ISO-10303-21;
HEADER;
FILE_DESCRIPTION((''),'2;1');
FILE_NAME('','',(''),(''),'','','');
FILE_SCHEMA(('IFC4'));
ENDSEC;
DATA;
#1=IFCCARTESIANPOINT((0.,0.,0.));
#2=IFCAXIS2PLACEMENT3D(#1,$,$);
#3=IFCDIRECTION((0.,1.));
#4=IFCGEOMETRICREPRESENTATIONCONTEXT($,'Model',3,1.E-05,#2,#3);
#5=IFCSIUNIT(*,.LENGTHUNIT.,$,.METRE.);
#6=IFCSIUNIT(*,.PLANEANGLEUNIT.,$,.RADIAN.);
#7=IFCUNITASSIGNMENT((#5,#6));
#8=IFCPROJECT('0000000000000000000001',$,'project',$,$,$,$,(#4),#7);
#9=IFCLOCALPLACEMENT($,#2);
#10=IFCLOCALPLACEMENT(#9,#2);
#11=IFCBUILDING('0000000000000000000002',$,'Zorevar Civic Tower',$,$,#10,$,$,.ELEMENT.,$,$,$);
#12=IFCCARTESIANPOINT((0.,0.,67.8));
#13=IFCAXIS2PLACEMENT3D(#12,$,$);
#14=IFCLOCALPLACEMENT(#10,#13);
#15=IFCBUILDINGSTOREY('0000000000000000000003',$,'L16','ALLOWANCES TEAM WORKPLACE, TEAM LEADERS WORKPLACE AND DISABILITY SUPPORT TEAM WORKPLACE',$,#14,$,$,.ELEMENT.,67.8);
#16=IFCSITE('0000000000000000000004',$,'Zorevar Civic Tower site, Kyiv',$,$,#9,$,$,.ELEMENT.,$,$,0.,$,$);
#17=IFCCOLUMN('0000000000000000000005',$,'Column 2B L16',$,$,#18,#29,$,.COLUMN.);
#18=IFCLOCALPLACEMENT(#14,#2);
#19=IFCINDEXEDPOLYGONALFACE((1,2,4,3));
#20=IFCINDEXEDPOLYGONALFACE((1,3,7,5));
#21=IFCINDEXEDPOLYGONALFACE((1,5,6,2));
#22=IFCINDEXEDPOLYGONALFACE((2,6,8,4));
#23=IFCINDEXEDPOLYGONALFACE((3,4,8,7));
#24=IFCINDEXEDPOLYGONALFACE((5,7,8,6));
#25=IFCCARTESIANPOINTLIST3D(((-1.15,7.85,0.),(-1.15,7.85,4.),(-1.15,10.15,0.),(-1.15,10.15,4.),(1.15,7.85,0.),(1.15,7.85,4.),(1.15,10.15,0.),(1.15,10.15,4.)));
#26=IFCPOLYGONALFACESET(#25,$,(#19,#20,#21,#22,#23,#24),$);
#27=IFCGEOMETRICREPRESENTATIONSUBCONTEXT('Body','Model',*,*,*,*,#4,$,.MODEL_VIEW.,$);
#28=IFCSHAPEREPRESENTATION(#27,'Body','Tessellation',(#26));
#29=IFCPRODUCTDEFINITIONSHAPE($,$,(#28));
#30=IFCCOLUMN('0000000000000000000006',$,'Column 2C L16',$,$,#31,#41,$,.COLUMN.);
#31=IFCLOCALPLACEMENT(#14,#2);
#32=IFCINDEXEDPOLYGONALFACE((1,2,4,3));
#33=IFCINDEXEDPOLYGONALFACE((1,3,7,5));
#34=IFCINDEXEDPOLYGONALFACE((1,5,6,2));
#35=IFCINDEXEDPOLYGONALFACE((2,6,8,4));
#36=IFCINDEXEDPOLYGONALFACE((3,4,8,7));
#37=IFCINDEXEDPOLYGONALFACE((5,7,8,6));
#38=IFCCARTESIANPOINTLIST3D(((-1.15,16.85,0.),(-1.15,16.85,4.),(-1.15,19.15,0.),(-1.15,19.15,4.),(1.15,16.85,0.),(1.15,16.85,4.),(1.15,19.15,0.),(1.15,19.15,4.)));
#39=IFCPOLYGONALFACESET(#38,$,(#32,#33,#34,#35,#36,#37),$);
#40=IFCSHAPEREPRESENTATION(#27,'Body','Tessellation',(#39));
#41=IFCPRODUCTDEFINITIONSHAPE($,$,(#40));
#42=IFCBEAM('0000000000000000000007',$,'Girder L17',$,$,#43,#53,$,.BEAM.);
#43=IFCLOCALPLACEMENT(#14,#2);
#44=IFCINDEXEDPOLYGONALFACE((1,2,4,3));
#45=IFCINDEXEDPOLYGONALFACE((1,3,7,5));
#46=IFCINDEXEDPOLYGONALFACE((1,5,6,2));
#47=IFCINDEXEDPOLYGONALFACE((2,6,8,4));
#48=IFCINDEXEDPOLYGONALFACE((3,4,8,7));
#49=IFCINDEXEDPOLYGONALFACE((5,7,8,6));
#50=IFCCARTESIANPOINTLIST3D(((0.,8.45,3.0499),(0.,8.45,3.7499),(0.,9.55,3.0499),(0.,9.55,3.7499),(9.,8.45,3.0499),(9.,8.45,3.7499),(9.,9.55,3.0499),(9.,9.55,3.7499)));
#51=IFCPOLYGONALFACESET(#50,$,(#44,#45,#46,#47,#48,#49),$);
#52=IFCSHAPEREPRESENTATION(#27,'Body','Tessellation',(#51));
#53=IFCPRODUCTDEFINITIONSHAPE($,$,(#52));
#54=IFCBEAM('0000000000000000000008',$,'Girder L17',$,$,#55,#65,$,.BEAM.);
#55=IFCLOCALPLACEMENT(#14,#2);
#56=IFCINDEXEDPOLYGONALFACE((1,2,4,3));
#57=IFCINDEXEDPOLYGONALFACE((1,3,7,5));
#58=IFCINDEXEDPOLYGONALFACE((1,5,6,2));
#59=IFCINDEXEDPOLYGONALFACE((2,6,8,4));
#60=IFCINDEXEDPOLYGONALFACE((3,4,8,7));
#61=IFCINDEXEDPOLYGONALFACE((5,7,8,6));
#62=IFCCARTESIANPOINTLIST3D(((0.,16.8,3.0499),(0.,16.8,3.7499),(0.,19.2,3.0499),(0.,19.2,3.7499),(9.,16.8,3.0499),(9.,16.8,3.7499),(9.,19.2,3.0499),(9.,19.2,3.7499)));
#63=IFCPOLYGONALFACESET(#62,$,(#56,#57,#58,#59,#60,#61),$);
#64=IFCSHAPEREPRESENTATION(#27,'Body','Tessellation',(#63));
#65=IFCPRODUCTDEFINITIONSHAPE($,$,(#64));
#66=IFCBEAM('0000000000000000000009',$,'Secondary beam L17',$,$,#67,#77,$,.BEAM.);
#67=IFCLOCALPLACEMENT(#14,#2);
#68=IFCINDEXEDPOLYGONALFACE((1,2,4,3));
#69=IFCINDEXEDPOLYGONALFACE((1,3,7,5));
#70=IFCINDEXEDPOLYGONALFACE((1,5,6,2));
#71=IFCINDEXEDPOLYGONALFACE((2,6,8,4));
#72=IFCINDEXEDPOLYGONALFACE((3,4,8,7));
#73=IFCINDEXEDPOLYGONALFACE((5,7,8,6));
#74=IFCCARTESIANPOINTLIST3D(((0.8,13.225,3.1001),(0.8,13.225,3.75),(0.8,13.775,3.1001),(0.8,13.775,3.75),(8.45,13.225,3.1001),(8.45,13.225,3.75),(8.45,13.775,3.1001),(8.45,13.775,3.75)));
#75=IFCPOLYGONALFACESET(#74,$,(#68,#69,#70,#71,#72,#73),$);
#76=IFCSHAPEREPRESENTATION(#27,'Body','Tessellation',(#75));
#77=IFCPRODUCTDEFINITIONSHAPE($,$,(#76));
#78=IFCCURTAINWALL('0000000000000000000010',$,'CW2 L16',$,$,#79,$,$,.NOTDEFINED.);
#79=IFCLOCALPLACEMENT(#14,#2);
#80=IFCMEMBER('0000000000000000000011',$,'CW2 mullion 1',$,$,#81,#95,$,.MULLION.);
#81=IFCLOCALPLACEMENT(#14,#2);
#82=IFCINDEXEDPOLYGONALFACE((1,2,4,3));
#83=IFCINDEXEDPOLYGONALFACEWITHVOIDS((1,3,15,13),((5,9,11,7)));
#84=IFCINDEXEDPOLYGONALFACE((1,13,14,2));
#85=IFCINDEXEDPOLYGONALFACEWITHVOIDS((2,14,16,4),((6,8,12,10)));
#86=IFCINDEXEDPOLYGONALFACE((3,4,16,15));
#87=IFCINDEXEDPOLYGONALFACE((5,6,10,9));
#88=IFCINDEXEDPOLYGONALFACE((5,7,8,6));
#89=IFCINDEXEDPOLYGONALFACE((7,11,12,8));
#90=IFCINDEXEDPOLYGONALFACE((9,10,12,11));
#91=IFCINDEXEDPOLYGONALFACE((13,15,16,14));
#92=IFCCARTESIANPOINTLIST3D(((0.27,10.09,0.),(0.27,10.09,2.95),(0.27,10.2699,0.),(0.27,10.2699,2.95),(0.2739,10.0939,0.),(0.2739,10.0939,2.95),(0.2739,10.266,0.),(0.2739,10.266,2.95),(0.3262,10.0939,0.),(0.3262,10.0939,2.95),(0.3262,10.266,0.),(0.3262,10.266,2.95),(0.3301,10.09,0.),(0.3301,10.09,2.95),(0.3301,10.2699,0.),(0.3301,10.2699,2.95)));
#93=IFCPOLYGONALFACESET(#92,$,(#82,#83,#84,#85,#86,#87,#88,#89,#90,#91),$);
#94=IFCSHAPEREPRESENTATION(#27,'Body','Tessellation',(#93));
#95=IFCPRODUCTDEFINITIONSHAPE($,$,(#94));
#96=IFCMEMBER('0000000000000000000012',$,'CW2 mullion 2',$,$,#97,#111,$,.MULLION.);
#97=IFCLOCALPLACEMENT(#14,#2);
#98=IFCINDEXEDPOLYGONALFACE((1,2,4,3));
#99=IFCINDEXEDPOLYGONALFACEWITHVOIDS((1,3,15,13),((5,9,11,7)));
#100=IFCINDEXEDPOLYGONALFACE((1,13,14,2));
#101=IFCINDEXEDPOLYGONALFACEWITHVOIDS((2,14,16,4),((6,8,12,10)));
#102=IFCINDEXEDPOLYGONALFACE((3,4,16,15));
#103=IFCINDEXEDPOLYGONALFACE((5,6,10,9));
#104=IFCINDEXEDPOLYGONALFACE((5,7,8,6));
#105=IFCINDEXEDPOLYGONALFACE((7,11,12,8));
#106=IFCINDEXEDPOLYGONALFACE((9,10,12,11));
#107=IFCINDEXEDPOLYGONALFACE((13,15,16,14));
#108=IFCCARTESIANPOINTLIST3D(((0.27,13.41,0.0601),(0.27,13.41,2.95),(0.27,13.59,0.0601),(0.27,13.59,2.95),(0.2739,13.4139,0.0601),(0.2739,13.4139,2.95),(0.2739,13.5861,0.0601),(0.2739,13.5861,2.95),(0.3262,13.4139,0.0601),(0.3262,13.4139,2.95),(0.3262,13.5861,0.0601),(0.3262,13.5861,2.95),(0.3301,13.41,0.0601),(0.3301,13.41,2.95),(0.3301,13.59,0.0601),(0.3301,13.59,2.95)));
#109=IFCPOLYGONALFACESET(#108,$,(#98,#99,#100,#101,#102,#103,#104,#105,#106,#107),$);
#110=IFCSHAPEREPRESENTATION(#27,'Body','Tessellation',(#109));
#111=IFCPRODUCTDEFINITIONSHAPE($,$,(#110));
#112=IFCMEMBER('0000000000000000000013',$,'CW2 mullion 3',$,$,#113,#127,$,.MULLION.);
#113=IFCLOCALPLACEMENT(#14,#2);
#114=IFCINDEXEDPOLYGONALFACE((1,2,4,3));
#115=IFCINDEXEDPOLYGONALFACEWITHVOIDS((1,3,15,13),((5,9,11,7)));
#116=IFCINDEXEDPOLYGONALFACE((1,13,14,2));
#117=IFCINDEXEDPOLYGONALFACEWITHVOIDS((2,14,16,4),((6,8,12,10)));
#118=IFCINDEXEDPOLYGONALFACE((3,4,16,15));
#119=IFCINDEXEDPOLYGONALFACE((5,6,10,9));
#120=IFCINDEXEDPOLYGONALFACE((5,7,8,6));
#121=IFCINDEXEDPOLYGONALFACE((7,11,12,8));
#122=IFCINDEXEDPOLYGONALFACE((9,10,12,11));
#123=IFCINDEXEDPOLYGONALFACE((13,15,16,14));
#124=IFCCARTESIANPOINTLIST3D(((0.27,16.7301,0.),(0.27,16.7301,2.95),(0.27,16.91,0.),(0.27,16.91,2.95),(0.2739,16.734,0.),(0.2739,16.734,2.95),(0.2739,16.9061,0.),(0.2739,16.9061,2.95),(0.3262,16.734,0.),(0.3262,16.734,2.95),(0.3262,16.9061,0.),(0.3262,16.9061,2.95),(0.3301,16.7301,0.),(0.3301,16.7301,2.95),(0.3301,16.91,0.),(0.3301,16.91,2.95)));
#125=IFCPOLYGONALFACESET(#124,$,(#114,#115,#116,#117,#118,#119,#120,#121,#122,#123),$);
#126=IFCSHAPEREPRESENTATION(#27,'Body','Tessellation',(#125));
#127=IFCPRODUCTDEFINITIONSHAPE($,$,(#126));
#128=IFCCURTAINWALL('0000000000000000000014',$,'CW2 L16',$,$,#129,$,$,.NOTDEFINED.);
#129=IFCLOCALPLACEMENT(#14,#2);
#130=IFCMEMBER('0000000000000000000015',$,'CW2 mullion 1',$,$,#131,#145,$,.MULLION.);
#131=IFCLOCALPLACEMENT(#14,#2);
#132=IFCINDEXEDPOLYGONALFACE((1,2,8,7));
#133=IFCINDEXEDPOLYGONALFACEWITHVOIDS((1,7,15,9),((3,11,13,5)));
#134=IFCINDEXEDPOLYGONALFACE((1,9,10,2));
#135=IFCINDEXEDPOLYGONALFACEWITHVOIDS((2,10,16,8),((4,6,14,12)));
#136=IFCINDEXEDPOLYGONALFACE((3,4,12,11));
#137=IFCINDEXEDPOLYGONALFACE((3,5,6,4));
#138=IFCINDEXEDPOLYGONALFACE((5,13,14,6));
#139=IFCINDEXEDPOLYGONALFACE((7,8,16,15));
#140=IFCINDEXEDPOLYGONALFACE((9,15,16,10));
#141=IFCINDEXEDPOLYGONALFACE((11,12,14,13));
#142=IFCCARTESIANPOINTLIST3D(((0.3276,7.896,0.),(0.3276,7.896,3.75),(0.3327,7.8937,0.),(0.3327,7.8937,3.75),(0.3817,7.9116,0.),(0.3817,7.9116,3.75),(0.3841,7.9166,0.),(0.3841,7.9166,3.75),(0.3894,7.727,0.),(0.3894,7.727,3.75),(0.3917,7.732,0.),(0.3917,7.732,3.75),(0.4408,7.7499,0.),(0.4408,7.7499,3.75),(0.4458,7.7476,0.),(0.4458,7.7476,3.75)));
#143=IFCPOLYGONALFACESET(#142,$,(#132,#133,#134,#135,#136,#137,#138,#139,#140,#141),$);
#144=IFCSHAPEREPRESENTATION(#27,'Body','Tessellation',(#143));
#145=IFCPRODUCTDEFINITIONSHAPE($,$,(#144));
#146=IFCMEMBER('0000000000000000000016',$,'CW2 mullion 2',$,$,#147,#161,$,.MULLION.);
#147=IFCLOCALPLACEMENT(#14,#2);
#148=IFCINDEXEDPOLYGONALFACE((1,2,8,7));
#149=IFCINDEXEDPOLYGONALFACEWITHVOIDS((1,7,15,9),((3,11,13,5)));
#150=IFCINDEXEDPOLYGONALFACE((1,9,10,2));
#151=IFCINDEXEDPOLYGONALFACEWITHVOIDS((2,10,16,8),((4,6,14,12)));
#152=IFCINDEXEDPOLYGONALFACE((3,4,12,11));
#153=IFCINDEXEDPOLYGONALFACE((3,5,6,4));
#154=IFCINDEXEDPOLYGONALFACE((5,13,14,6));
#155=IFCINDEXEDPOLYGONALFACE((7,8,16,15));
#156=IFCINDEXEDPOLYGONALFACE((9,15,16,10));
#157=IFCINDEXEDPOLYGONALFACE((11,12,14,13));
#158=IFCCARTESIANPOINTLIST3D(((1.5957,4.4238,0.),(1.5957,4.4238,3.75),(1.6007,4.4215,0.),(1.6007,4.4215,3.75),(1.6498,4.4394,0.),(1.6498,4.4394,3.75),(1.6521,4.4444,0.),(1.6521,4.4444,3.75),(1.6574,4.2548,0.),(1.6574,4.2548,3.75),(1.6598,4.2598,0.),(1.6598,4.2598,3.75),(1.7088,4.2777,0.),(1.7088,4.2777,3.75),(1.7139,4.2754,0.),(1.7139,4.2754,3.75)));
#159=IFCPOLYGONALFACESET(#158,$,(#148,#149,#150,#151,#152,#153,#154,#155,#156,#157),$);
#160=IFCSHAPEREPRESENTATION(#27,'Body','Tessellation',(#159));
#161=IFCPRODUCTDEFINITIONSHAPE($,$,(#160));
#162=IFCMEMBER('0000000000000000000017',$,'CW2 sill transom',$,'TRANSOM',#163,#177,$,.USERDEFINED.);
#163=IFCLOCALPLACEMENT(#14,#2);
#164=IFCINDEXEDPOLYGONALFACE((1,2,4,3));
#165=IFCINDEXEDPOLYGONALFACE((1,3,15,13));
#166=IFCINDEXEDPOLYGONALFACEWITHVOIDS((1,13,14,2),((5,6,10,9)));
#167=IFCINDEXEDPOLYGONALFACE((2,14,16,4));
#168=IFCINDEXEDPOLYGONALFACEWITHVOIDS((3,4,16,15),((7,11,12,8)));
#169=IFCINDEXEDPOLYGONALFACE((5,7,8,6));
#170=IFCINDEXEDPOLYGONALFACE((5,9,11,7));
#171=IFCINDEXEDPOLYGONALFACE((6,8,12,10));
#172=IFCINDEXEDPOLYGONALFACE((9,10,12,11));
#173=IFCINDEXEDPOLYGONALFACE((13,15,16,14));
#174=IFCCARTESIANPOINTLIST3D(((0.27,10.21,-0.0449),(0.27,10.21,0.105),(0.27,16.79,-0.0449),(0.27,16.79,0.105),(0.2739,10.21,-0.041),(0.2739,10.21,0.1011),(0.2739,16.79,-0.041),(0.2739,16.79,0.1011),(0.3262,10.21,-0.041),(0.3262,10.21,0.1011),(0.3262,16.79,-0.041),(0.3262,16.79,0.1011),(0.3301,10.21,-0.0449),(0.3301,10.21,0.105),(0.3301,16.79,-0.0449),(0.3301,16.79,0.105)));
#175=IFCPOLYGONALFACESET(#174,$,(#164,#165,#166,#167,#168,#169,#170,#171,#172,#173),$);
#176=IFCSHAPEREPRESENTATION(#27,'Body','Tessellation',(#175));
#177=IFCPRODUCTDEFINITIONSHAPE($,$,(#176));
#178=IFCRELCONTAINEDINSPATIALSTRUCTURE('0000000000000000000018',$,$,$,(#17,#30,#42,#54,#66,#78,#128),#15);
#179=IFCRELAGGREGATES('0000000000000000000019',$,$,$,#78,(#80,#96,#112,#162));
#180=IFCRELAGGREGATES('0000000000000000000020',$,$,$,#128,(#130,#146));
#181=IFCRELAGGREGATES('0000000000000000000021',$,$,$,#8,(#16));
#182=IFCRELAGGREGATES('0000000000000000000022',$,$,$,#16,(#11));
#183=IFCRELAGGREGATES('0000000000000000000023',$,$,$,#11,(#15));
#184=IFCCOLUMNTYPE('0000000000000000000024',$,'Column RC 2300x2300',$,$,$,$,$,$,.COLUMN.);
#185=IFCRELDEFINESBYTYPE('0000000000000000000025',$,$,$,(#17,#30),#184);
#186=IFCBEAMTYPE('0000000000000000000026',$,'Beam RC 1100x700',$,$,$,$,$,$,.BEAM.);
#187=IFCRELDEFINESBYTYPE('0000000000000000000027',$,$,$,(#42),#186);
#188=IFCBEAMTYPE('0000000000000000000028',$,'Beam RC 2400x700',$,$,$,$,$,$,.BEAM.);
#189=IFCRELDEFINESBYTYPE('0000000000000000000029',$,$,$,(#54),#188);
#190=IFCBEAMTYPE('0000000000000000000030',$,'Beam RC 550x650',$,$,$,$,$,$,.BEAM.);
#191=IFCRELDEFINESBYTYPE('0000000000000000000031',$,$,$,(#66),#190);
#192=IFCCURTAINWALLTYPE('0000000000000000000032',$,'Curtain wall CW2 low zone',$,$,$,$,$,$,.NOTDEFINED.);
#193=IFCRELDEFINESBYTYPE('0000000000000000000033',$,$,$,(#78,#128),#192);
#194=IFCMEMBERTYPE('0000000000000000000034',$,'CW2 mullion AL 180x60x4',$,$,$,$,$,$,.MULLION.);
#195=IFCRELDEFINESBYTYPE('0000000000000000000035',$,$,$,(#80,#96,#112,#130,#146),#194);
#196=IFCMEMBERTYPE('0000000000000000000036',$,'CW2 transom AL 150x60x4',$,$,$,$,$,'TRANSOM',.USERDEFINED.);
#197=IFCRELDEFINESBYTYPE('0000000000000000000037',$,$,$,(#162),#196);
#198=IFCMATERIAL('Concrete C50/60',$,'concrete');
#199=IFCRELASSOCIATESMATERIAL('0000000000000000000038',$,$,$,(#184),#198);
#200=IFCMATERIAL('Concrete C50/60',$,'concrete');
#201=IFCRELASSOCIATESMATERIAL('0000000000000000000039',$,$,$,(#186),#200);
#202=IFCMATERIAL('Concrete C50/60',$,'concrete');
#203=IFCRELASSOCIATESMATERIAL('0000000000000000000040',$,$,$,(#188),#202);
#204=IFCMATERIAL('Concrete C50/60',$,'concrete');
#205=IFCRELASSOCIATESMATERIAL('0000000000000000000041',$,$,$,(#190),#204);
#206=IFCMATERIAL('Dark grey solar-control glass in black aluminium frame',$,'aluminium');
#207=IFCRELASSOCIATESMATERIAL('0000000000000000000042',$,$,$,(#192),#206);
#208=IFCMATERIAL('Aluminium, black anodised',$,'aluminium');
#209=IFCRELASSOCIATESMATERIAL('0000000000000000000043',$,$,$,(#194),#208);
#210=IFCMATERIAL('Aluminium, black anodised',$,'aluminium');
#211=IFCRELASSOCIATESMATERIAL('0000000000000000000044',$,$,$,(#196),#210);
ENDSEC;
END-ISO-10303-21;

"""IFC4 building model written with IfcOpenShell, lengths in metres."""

from ifc_helpers import new_model, si_unit, direction, frame, origin, origin_2d, place, context, subcontext, project, spatial, rectangle, hollow_rectangle, extrude, material, material_profile, profile_set, type_object, element, aggregate, save


model = new_model("IFC4")

# Units and contexts
model_context = context("Model", 3, precision=1e-05, world=origin(), true_north=direction((0.0, 1.0)))
body_context = subcontext(model_context, "Body", "Model", "MODEL_VIEW")
ifc_project = project(units=[si_unit("LENGTHUNIT", "METRE"), si_unit("PLANEANGLEUNIT", "RADIAN")], contexts=[model_context])

# Site, building, storey
site_placement = place(None, origin())
site = spatial("IfcSite", under=ifc_project, at=site_placement, Name="Zorevar Civic Tower site, Kyiv", CompositionType="ELEMENT", RefElevation=0.0)
building_placement = place(site_placement, origin())
building = spatial("IfcBuilding", under=site, at=building_placement, Name="Zorevar Civic Tower", CompositionType="ELEMENT")
storey_placement = place(building_placement, frame((0.0, 0.0, 67.8)))
storey = spatial("IfcBuildingStorey", under=building, at=storey_placement, Name="L16", Description="ALLOWANCES TEAM WORKPLACE, TEAM LEADERS WORKPLACE AND DISABILITY SUPPORT TEAM WORKPLACE", CompositionType="ELEMENT", Elevation=67.8)

# Columns
ifc_material_1 = material(Name="Concrete C50/60", Category="concrete")
ifc_material_profile_1 = material_profile(ifc_material_1, rectangle(XDim=2.3, YDim=2.3, at=origin_2d()), Name="RC 2300x2300")
ifc_profile_set_1 = profile_set([ifc_material_profile_1], Name="Concrete C50/60")
column_type = type_object("IfcColumnType", Name="Column RC 2300x2300", PredefinedType="COLUMN", material=ifc_profile_set_1)
for number, where, z_axis, x_axis, name in (
    (1, (0.0, 9.0, 0.0), (0.0, 0.0, 1.0), (1.0, 0.0, 0.0), "Column 2B L16"),
    (2, (0.0, 18.0, 0.0), (0.0, 0.0, 1.0), (1.0, 0.0, 0.0), "Column 2C L16"),
):
    element("IfcColumn", number, at=place(storey_placement, frame(where, z_axis=z_axis, x_axis=x_axis)), inside=storey, type_object=column_type, Name=name, PredefinedType="COLUMN", context=body_context, shape_type="SweptSolid", body=[
        extrude(rectangle(XDim=2.3, YDim=2.3, at=origin_2d()), origin(), (0.0, 0.0, 1.0), 4.0),
    ])

# Beams
ifc_material_2 = material(Name="Concrete C50/60", Category="concrete")
ifc_material_profile_2 = material_profile(ifc_material_2, rectangle(XDim=1.1001, YDim=0.7, at=origin_2d()), Name="RC 1100x700")
ifc_profile_set_2 = profile_set([ifc_material_profile_2], Name="Concrete C50/60")
beam_type_1 = type_object("IfcBeamType", Name="Beam RC 1100x700", PredefinedType="BEAM", material=ifc_profile_set_2)
beam_1_placement = place(storey_placement, frame((0.0, 9.0, 3.3999), z_axis=(1.0, 0.0, 0.0), x_axis=(0.0, 1.0, 0.0)))
element("IfcBeam", 3, at=beam_1_placement, inside=storey, type_object=beam_type_1, Name="Girder L17", PredefinedType="BEAM", context=body_context, shape_type="SweptSolid", body=[
    extrude(rectangle(XDim=1.1001, YDim=0.7, at=origin_2d()), origin(), (0.0, 0.0, 1.0), 9.0),
])
ifc_material_3 = material(Name="Concrete C50/60", Category="concrete")
ifc_material_profile_3 = material_profile(ifc_material_3, rectangle(XDim=2.3999, YDim=0.7, at=origin_2d()), Name="RC 2400x700")
ifc_profile_set_3 = profile_set([ifc_material_profile_3], Name="Concrete C50/60")
beam_type_2 = type_object("IfcBeamType", Name="Beam RC 2400x700", PredefinedType="BEAM", material=ifc_profile_set_3)
beam_2_placement = place(storey_placement, frame((0.0, 18.0, 3.3999), z_axis=(1.0, 0.0, 0.0), x_axis=(0.0, 1.0, 0.0)))
element("IfcBeam", 4, at=beam_2_placement, inside=storey, type_object=beam_type_2, Name="Girder L17", PredefinedType="BEAM", context=body_context, shape_type="SweptSolid", body=[
    extrude(rectangle(XDim=2.3999, YDim=0.7, at=origin_2d()), origin(), (0.0, 0.0, 1.0), 9.0),
])
ifc_material_4 = material(Name="Concrete C50/60", Category="concrete")
ifc_material_profile_4 = material_profile(ifc_material_4, rectangle(XDim=0.55, YDim=0.6499, at=origin_2d()), Name="RC 550x650")
ifc_profile_set_4 = profile_set([ifc_material_profile_4], Name="Concrete C50/60")
beam_type_3 = type_object("IfcBeamType", Name="Beam RC 550x650", PredefinedType="BEAM", material=ifc_profile_set_4)
beam_3_placement = place(storey_placement, frame((0.8, 13.5, 3.425), z_axis=(1.0, 0.0, 0.0), x_axis=(0.0, 1.0, 0.0)))
element("IfcBeam", 5, at=beam_3_placement, inside=storey, type_object=beam_type_3, Name="Secondary beam L17", PredefinedType="BEAM", context=body_context, shape_type="SweptSolid", body=[
    extrude(rectangle(XDim=0.55, YDim=0.6499, at=origin_2d()), origin(), (0.0, 0.0, 1.0), 7.6499),
])

# Curtain walls, members
ifc_material_5 = material(Name="Dark grey solar-control glass in black aluminium frame", Category="aluminium")
curtain_wall_type = type_object("IfcCurtainWallType", Name="Curtain wall CW2 low zone", PredefinedType="NOTDEFINED", material=ifc_material_5)
curtain_wall_1_placement = place(storey_placement, origin())
curtain_wall_1 = element("IfcCurtainWall", 6, at=curtain_wall_1_placement, inside=storey, type_object=curtain_wall_type, Name="CW2 L16", PredefinedType="NOTDEFINED")
ifc_material_6 = material(Name="Aluminium, black anodised", Category="aluminium")
ifc_material_profile_5 = material_profile(ifc_material_6, hollow_rectangle(XDim=0.0601, YDim=0.1799, WallThickness=0.0039, at=origin_2d()), Name="AL 180x60x4")
ifc_profile_set_5 = profile_set([ifc_material_profile_5], Name="Aluminium, black anodised")
member_type_1 = type_object("IfcMemberType", Name="CW2 mullion AL 180x60x4", PredefinedType="MULLION", material=ifc_profile_set_5)
member_1_placement = place(storey_placement, frame((0.3, 10.1799, 0.0), z_axis=(0.0, 0.0, 1.0), x_axis=(-1.0, 0.0, 0.0)))
member_1 = element("IfcMember", 7, at=member_1_placement, type_object=member_type_1, Name="CW2 mullion 1", PredefinedType="MULLION", context=body_context, shape_type="SweptSolid", body=[
    extrude(hollow_rectangle(XDim=0.0601, YDim=0.1799, WallThickness=0.0039, at=origin_2d()), origin(), (0.0, 0.0, 1.0), 2.95),
])
member_2_placement = place(storey_placement, frame((0.3, 13.5, 0.0601), z_axis=(0.0, 0.0, 1.0), x_axis=(-1.0, 0.0, 0.0)))
member_2 = element("IfcMember", 8, at=member_2_placement, type_object=member_type_1, Name="CW2 mullion 2", PredefinedType="MULLION", context=body_context, shape_type="SweptSolid", body=[
    extrude(hollow_rectangle(XDim=0.0601, YDim=0.1799, WallThickness=0.0039, at=origin_2d()), origin(), (0.0, 0.0, 1.0), 2.8899),
])
member_3_placement = place(storey_placement, frame((0.3, 16.8201, 0.0), z_axis=(0.0, 0.0, 1.0), x_axis=(-1.0, 0.0, 0.0)))
member_3 = element("IfcMember", 9, at=member_3_placement, type_object=member_type_1, Name="CW2 mullion 3", PredefinedType="MULLION", context=body_context, shape_type="SweptSolid", body=[
    extrude(hollow_rectangle(XDim=0.0601, YDim=0.1799, WallThickness=0.0039, at=origin_2d()), origin(), (0.0, 0.0, 1.0), 2.95),
])
curtain_wall_2_placement = place(storey_placement, origin())
curtain_wall_2 = element("IfcCurtainWall", 10, at=curtain_wall_2_placement, inside=storey, type_object=curtain_wall_type, Name="CW2 L16", PredefinedType="NOTDEFINED")
member_4_placement = place(storey_placement, frame((0.3867, 7.8218, 0.0), z_axis=(0.0, 0.0, 1.0), x_axis=(0.939313, 0.34306, 0.0)))
member_4 = element("IfcMember", 11, at=member_4_placement, type_object=member_type_1, Name="CW2 mullion 1", PredefinedType="MULLION", context=body_context, shape_type="SweptSolid", body=[
    extrude(hollow_rectangle(XDim=0.0601, YDim=0.1799, WallThickness=0.0039, at=origin_2d()), origin(), (0.0, 0.0, 1.0), 3.75),
])
member_5_placement = place(storey_placement, frame((1.6548, 4.3496, 0.0), z_axis=(0.0, 0.0, 1.0), x_axis=(0.939313, 0.34306, 0.0)))
member_5 = element("IfcMember", 12, at=member_5_placement, type_object=member_type_1, Name="CW2 mullion 2", PredefinedType="MULLION", context=body_context, shape_type="SweptSolid", body=[
    extrude(hollow_rectangle(XDim=0.0601, YDim=0.1799, WallThickness=0.0039, at=origin_2d()), origin(), (0.0, 0.0, 1.0), 3.75),
])

# Member
ifc_material_7 = material(Name="Aluminium, black anodised", Category="aluminium")
ifc_material_profile_6 = material_profile(ifc_material_7, hollow_rectangle(XDim=0.0601, YDim=0.1499, WallThickness=0.0039, at=origin_2d()), Name="AL 150x60x4")
ifc_profile_set_6 = profile_set([ifc_material_profile_6], Name="Aluminium, black anodised")
member_type_2 = type_object("IfcMemberType", Name="CW2 transom AL 150x60x4", ElementType="TRANSOM", PredefinedType="USERDEFINED", material=ifc_profile_set_6)
member_6_placement = place(storey_placement, frame((0.3, 10.21, 0.03), z_axis=(0.0, 1.0, 0.0), x_axis=(-1.0, 0.0, 0.0)))
member_6 = element("IfcMember", 13, at=member_6_placement, type_object=member_type_2, Name="CW2 sill transom", ObjectType="TRANSOM", PredefinedType="USERDEFINED", context=body_context, shape_type="SweptSolid", body=[
    extrude(hollow_rectangle(XDim=0.0601, YDim=0.1499, WallThickness=0.0039, at=origin_2d()), origin(), (0.0, 0.0, 1.0), 6.5801),
])

aggregate(curtain_wall_1, [member_1, member_2, member_3, member_6])
aggregate(curtain_wall_2, [member_4, member_5])

save(model, "model.ifc")
